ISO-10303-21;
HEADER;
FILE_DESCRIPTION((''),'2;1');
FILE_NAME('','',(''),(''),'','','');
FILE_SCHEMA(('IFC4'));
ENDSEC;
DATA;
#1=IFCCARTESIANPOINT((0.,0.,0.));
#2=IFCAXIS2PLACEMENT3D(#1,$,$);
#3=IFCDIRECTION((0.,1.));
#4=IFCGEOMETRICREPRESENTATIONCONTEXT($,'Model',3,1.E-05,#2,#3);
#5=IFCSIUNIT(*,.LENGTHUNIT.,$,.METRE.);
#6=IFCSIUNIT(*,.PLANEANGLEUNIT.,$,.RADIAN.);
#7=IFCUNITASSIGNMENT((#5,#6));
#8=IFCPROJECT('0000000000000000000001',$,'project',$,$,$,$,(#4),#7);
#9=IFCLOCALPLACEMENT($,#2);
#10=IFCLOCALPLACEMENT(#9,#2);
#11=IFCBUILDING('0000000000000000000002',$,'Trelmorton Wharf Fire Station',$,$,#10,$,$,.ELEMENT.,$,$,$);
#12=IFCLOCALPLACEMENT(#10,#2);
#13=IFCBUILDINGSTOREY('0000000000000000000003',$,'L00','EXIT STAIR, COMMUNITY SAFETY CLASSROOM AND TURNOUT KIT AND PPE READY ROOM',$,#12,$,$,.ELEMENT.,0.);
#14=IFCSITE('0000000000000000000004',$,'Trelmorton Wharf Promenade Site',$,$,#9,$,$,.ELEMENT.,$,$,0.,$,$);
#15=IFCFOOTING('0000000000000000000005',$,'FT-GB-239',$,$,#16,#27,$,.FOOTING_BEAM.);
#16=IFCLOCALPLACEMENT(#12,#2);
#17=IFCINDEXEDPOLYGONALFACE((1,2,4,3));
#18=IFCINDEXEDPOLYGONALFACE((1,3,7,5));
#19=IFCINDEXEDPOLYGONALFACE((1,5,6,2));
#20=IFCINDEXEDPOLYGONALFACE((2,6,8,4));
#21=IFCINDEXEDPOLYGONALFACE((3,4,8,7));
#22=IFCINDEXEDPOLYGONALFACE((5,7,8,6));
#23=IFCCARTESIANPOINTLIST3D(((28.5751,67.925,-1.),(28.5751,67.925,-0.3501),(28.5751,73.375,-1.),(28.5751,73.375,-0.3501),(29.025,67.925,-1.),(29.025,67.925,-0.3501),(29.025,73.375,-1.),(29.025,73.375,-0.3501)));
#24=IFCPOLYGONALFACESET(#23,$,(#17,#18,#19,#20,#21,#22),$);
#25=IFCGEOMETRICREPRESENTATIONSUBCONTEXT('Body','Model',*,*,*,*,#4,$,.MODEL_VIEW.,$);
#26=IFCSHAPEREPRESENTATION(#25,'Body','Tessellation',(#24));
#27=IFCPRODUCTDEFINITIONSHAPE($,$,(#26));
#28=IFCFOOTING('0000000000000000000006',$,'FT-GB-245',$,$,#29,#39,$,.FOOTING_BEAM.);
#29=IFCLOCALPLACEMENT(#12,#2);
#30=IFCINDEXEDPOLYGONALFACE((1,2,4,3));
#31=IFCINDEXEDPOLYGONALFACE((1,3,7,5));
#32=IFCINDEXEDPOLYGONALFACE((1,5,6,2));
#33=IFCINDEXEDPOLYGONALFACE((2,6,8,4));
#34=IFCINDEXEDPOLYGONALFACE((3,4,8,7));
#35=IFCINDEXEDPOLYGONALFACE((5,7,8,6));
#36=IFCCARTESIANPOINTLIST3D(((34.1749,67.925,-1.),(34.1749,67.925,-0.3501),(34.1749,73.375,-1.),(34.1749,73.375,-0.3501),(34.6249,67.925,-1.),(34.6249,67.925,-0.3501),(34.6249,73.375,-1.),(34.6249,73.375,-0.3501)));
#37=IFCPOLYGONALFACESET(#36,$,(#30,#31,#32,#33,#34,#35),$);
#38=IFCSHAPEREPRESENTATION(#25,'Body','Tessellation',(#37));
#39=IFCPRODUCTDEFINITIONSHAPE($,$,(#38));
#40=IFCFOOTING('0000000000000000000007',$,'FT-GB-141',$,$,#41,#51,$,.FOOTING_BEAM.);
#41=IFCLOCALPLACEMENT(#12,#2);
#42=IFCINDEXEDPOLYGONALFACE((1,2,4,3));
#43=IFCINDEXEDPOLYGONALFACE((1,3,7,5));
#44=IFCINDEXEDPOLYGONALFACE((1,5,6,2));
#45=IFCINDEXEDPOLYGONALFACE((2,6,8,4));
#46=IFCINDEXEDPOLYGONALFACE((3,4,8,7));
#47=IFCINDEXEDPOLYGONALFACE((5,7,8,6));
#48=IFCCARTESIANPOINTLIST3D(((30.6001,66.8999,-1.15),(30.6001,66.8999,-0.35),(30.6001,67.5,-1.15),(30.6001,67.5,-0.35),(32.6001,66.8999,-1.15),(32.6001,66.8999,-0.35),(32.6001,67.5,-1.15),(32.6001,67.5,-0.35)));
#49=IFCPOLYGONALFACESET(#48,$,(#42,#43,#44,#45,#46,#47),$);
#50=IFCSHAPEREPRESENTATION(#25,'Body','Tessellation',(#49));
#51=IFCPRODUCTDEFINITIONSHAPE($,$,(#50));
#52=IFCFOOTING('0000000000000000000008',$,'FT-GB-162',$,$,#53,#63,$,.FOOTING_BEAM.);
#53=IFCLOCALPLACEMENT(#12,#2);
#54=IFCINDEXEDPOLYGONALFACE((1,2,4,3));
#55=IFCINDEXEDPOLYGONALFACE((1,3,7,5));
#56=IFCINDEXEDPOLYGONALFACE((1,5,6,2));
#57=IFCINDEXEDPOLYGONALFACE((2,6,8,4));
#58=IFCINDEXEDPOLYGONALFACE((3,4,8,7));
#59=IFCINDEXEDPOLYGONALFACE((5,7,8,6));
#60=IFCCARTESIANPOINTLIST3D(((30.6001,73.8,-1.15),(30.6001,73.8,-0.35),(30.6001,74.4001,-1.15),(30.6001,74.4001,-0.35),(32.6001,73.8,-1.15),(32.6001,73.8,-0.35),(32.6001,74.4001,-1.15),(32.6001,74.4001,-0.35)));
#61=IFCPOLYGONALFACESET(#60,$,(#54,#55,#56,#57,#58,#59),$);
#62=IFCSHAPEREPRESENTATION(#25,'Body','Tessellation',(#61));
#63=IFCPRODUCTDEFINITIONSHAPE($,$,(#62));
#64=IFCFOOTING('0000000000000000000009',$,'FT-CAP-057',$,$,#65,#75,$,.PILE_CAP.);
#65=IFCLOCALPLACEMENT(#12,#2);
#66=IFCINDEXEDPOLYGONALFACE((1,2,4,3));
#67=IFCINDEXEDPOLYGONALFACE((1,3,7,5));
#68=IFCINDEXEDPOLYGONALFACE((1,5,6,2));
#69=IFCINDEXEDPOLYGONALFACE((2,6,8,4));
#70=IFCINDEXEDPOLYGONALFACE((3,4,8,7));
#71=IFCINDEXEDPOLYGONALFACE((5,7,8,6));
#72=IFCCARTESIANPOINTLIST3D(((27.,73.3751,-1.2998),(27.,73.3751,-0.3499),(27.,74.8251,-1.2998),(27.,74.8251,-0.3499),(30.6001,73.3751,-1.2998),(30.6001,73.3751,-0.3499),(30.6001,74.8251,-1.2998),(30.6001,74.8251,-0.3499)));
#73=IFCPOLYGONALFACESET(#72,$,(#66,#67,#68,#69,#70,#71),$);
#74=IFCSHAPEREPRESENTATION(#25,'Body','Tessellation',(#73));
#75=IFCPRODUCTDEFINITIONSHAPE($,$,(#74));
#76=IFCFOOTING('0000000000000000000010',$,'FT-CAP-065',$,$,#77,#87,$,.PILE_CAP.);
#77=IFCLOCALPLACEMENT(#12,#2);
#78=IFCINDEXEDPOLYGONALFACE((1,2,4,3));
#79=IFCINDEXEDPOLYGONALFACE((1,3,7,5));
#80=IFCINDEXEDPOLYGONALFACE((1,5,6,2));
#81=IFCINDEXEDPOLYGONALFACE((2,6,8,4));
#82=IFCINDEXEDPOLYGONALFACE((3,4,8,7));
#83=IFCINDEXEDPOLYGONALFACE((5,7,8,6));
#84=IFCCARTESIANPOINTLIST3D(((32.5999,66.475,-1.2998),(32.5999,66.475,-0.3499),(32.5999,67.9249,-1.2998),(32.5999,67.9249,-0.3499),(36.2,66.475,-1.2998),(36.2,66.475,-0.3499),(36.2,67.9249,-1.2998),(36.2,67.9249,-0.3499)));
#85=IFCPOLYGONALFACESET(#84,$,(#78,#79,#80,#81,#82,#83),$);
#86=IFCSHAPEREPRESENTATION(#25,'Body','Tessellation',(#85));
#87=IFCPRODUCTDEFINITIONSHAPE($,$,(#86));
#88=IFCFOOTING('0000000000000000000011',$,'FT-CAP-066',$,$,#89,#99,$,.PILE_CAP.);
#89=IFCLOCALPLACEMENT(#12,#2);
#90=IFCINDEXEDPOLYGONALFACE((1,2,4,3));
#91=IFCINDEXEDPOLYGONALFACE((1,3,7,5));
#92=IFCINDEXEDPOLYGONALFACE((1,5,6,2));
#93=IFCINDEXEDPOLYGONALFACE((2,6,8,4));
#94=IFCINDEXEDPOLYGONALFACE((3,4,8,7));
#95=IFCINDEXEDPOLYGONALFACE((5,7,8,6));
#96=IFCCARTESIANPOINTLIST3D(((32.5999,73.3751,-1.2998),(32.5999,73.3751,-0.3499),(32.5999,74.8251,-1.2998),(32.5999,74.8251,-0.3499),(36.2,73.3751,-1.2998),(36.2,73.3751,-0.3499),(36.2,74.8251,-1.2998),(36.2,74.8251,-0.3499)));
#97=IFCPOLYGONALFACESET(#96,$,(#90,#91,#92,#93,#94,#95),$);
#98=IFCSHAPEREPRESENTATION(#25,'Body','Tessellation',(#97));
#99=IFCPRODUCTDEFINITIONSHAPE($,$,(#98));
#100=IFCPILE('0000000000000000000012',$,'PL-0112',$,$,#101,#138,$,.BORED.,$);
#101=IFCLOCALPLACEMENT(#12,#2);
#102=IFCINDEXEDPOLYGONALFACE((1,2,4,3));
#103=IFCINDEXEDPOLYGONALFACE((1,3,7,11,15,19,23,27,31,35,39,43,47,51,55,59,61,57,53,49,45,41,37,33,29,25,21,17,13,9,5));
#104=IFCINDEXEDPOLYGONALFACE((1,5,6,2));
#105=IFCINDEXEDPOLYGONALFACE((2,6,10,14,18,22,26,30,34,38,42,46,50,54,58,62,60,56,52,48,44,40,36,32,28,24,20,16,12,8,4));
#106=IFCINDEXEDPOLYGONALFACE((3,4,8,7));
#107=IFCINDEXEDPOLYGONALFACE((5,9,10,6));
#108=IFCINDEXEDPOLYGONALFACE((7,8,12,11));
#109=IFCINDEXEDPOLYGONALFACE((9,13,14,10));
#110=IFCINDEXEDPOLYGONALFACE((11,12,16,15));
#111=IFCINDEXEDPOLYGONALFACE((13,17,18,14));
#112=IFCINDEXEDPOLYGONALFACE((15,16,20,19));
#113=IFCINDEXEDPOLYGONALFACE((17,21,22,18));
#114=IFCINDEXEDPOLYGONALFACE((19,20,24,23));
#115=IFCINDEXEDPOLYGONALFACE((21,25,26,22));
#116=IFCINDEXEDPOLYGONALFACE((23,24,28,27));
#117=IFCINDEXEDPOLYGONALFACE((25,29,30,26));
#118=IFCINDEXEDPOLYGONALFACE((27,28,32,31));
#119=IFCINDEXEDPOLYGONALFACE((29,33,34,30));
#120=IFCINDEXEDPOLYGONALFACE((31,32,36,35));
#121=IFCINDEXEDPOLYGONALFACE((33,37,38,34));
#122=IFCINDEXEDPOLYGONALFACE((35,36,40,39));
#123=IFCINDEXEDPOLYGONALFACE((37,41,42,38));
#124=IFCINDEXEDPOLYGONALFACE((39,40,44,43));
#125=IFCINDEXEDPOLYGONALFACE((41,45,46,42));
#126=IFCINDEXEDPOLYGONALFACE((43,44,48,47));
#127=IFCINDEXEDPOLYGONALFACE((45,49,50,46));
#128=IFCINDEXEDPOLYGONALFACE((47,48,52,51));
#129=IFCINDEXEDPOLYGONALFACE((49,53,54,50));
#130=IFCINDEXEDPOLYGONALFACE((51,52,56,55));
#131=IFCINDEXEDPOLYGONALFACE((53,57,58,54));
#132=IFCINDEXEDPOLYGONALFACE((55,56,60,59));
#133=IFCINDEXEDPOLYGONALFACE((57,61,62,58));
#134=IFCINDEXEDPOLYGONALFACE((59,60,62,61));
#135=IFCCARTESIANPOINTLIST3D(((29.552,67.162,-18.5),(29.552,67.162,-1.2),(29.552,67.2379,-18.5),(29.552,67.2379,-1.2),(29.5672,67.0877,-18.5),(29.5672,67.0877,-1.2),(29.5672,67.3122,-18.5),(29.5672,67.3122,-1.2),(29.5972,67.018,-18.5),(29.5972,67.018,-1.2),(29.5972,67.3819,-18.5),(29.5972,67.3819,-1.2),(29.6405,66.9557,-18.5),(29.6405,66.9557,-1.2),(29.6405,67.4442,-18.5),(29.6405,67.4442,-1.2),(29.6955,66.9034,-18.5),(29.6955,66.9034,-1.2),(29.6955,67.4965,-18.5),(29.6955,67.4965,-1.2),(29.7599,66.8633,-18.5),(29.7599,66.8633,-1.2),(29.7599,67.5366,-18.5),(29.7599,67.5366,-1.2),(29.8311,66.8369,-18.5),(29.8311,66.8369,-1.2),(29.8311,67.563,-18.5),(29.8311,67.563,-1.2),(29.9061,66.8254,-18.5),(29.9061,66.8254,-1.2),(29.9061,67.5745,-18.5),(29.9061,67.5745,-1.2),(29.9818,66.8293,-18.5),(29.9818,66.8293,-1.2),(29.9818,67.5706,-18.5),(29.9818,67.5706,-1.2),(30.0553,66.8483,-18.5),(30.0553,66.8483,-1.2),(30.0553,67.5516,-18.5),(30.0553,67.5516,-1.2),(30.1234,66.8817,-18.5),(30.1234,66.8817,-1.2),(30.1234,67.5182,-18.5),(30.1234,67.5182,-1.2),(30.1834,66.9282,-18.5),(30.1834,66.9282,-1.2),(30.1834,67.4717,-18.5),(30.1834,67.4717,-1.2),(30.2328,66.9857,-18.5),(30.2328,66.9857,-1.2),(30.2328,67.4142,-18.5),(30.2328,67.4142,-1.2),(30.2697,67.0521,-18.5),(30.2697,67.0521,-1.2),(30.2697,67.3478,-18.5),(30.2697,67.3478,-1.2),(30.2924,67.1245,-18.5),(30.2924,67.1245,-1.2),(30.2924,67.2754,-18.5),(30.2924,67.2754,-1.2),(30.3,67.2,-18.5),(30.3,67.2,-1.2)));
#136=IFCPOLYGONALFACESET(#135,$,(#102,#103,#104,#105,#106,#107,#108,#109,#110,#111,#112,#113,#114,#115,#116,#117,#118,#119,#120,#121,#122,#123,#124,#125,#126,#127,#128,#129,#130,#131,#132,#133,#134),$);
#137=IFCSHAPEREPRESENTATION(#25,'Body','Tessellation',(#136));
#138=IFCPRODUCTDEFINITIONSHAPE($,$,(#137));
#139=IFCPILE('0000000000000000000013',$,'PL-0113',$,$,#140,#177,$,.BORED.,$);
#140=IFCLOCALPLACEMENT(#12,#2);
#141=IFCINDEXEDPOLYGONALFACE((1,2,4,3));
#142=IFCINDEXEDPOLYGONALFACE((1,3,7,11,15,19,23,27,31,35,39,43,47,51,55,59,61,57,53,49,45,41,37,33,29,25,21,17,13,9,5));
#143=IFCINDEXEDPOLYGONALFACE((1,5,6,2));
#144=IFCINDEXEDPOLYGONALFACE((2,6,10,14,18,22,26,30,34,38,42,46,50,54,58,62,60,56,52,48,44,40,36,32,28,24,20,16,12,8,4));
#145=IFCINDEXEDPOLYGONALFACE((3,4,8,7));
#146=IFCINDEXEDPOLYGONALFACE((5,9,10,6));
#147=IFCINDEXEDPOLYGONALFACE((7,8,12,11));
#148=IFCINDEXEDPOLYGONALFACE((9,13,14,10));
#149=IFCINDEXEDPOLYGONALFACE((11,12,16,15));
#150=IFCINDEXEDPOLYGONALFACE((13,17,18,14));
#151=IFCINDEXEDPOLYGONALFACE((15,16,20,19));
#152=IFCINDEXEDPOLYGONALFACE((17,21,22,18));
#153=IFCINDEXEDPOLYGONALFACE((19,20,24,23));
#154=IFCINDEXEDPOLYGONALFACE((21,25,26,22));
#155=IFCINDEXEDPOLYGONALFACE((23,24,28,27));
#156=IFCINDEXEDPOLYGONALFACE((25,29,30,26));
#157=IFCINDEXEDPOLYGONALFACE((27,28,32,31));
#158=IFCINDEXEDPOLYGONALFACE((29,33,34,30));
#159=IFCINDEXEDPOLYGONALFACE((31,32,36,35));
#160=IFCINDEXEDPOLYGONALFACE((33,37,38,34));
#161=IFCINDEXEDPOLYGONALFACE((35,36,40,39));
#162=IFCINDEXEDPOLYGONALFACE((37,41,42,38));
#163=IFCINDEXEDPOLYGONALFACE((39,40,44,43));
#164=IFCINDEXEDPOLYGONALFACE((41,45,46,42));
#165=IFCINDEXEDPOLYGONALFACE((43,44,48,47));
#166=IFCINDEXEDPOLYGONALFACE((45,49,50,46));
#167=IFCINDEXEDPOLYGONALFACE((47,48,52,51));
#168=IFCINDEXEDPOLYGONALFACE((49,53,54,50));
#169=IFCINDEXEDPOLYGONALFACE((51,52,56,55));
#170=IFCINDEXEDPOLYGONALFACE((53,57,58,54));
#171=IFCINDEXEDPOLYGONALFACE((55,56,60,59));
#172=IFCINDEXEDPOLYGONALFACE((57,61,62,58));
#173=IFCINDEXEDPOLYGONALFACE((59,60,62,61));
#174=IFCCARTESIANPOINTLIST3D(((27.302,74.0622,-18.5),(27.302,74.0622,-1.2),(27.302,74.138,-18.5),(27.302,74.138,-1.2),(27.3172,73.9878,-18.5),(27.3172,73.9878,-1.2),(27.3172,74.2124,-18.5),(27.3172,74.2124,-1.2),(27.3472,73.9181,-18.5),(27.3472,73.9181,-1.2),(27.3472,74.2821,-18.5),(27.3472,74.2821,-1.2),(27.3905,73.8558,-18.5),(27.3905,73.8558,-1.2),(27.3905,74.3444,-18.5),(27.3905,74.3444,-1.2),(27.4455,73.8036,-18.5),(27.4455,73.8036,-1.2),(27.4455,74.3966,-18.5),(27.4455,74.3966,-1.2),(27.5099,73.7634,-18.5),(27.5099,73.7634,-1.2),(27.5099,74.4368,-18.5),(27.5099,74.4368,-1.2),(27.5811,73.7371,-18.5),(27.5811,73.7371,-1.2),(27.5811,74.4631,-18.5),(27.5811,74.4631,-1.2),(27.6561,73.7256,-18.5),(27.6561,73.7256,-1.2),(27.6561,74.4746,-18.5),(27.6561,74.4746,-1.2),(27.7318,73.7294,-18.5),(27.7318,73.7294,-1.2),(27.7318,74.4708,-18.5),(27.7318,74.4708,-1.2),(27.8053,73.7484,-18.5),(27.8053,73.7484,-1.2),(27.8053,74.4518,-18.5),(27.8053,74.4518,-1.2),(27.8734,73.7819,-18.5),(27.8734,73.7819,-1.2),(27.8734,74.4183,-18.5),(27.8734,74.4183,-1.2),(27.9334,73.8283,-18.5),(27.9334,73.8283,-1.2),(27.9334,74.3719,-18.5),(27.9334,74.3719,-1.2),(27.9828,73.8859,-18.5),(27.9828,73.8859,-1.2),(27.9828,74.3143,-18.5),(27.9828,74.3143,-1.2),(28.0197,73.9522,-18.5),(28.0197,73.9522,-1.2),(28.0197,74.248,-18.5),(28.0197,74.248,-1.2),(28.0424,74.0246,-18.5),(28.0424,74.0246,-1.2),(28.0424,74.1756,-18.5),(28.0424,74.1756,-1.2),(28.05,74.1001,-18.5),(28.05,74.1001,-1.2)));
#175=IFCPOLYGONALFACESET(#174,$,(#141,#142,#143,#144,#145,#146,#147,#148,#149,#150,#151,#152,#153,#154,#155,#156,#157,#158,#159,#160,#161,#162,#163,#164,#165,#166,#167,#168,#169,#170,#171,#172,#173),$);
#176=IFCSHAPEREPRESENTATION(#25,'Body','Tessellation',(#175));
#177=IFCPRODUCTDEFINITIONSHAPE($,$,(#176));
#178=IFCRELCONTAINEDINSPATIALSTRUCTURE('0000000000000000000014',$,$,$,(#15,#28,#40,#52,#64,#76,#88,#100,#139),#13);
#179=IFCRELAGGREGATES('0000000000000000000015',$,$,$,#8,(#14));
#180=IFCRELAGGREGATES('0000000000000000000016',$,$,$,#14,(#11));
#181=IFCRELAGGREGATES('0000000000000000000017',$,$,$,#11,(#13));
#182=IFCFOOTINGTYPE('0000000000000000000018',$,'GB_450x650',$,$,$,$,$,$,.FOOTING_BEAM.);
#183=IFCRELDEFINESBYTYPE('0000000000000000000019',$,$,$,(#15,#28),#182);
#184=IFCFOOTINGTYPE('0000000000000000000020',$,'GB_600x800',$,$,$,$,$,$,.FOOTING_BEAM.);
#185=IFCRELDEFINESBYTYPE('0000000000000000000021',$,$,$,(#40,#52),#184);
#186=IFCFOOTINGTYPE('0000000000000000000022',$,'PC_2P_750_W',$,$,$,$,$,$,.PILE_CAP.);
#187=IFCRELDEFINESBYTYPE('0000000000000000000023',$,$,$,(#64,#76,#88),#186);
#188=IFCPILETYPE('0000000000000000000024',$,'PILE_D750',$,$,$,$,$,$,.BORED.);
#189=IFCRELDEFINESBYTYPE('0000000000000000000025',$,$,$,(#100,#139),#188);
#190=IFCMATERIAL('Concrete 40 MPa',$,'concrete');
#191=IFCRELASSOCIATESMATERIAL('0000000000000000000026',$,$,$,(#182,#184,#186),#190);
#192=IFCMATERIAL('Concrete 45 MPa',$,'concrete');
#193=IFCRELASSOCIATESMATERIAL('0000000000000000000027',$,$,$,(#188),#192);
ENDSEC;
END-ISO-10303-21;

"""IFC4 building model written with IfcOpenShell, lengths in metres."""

from ifc_helpers import new_model, si_unit, direction, frame, origin, origin_2d, place, context, subcontext, project, spatial, rectangle, circle, extrude, material, material_profile, profile_set, type_object, element, save


model = new_model("IFC4")

# Units and contexts
model_context = context("Model", 3, precision=1e-05, world=origin(), true_north=direction((0.0, 1.0)))
body_context = subcontext(model_context, "Body", "Model", "MODEL_VIEW")
ifc_project = project(units=[si_unit("LENGTHUNIT", "METRE"), si_unit("PLANEANGLEUNIT", "RADIAN")], contexts=[model_context])

# Site, building, storey
site_placement = place(None, origin())
site = spatial("IfcSite", under=ifc_project, at=site_placement, Name="Trelmorton Wharf Promenade Site", CompositionType="ELEMENT", RefElevation=0.0)
building_placement = place(site_placement, origin())
building = spatial("IfcBuilding", under=site, at=building_placement, Name="Trelmorton Wharf Fire Station", CompositionType="ELEMENT")
storey_placement = place(building_placement, origin())
storey = spatial("IfcBuildingStorey", under=building, at=storey_placement, Name="L00", Description="EXIT STAIR, COMMUNITY SAFETY CLASSROOM AND TURNOUT KIT AND PPE READY ROOM", CompositionType="ELEMENT", Elevation=0.0)

# Footings
ifc_material_1 = material(Name="Concrete 40 MPa", Category="concrete")
ifc_material_profile_1 = material_profile(ifc_material_1, rectangle(XDim=0.45, YDim=0.6499, at=origin_2d()), Name="RC450x650")
ifc_profile_set_1 = profile_set([ifc_material_profile_1], Name="Concrete 40 MPa")
footing_type_1 = type_object("IfcFootingType", Name="GB_450x650", PredefinedType="FOOTING_BEAM", material=ifc_profile_set_1)
for number, where, z_axis, x_axis, name in (
    (1, (28.8, 67.925, -0.675), (0.0, 1.0, 0.0), (-1.0, 0.0, 0.0), "FT-GB-239"),
    (2, (34.3999, 67.925, -0.675), (0.0, 1.0, 0.0), (-1.0, 0.0, 0.0), "FT-GB-245"),
):
    element("IfcFooting", number, at=place(storey_placement, frame(where, z_axis=z_axis, x_axis=x_axis)), inside=storey, type_object=footing_type_1, Name=name, PredefinedType="FOOTING_BEAM", context=body_context, shape_type="SweptSolid", body=[
        extrude(rectangle(XDim=0.45, YDim=0.6499, at=origin_2d()), origin(), (0.0, 0.0, 1.0), 5.45),
    ])
ifc_material_profile_2 = material_profile(ifc_material_1, rectangle(XDim=0.6001, YDim=0.8, at=origin_2d()), Name="RC600x800")
ifc_profile_set_2 = profile_set([ifc_material_profile_2], Name="Concrete 40 MPa")
footing_type_2 = type_object("IfcFootingType", Name="GB_600x800", PredefinedType="FOOTING_BEAM", material=ifc_profile_set_2)
for number, where, z_axis, x_axis, name in (
    (3, (30.6001, 67.2, -0.75), (1.0, 0.0, 0.0), (0.0, 1.0, 0.0), "FT-GB-141"),
    (4, (30.6001, 74.1001, -0.75), (1.0, 0.0, 0.0), (0.0, 1.0, 0.0), "FT-GB-162"),
):
    element("IfcFooting", number, at=place(storey_placement, frame(where, z_axis=z_axis, x_axis=x_axis)), inside=storey, type_object=footing_type_2, Name=name, PredefinedType="FOOTING_BEAM", context=body_context, shape_type="SweptSolid", body=[
        extrude(rectangle(XDim=0.6001, YDim=0.8, at=origin_2d()), origin(), (0.0, 0.0, 1.0), 2.0),
    ])
footing_type_3 = type_object("IfcFootingType", Name="PC_2P_750_W", PredefinedType="PILE_CAP", material=ifc_material_1)
for number, where, z_axis, x_axis, name in (
    (5, (28.8, 74.1001, -1.2998), (0.0, 0.0, 1.0), (1.0, 0.0, 0.0), "FT-CAP-057"),
    (6, (34.3999, 67.2, -1.2998), (0.0, 0.0, 1.0), (1.0, 0.0, 0.0), "FT-CAP-065"),
    (7, (34.3999, 74.1001, -1.2998), (0.0, 0.0, 1.0), (1.0, 0.0, 0.0), "FT-CAP-066"),
):
    element("IfcFooting", number, at=place(storey_placement, frame(where, z_axis=z_axis, x_axis=x_axis)), inside=storey, type_object=footing_type_3, Name=name, PredefinedType="PILE_CAP", context=body_context, shape_type="SweptSolid", body=[
        extrude(rectangle(XDim=3.6001, YDim=1.45, at=origin_2d()), origin(), (0.0, 0.0, 1.0), 0.95),
    ])

# Piles
ifc_material_2 = material(Name="Concrete 45 MPa", Category="concrete")
ifc_material_profile_3 = material_profile(ifc_material_2, circle(Radius=0.375, at=origin_2d()), Name="PILE-D750")
ifc_profile_set_3 = profile_set([ifc_material_profile_3], Name="Concrete 45 MPa")
pile_type = type_object("IfcPileType", Name="PILE_D750", PredefinedType="BORED", material=ifc_profile_set_3)
for number, where, z_axis, x_axis, name in (
    (8, (29.925, 67.2, -1.2), (0.0, 0.0, -1.0), (1.0, 0.0, 0.0), "PL-0112"),
    (9, (27.675, 74.1001, -1.2), (0.0, 0.0, -1.0), (1.0, 0.0, 0.0), "PL-0113"),
):
    element("IfcPile", number, at=place(storey_placement, frame(where, z_axis=z_axis, x_axis=x_axis)), inside=storey, type_object=pile_type, Name=name, PredefinedType="BORED", context=body_context, shape_type="SweptSolid", body=[
        extrude(circle(Radius=0.375, at=origin_2d()), origin(), (0.0, 0.0, 1.0), 17.3),
    ])

save(model, "model.ifc")
